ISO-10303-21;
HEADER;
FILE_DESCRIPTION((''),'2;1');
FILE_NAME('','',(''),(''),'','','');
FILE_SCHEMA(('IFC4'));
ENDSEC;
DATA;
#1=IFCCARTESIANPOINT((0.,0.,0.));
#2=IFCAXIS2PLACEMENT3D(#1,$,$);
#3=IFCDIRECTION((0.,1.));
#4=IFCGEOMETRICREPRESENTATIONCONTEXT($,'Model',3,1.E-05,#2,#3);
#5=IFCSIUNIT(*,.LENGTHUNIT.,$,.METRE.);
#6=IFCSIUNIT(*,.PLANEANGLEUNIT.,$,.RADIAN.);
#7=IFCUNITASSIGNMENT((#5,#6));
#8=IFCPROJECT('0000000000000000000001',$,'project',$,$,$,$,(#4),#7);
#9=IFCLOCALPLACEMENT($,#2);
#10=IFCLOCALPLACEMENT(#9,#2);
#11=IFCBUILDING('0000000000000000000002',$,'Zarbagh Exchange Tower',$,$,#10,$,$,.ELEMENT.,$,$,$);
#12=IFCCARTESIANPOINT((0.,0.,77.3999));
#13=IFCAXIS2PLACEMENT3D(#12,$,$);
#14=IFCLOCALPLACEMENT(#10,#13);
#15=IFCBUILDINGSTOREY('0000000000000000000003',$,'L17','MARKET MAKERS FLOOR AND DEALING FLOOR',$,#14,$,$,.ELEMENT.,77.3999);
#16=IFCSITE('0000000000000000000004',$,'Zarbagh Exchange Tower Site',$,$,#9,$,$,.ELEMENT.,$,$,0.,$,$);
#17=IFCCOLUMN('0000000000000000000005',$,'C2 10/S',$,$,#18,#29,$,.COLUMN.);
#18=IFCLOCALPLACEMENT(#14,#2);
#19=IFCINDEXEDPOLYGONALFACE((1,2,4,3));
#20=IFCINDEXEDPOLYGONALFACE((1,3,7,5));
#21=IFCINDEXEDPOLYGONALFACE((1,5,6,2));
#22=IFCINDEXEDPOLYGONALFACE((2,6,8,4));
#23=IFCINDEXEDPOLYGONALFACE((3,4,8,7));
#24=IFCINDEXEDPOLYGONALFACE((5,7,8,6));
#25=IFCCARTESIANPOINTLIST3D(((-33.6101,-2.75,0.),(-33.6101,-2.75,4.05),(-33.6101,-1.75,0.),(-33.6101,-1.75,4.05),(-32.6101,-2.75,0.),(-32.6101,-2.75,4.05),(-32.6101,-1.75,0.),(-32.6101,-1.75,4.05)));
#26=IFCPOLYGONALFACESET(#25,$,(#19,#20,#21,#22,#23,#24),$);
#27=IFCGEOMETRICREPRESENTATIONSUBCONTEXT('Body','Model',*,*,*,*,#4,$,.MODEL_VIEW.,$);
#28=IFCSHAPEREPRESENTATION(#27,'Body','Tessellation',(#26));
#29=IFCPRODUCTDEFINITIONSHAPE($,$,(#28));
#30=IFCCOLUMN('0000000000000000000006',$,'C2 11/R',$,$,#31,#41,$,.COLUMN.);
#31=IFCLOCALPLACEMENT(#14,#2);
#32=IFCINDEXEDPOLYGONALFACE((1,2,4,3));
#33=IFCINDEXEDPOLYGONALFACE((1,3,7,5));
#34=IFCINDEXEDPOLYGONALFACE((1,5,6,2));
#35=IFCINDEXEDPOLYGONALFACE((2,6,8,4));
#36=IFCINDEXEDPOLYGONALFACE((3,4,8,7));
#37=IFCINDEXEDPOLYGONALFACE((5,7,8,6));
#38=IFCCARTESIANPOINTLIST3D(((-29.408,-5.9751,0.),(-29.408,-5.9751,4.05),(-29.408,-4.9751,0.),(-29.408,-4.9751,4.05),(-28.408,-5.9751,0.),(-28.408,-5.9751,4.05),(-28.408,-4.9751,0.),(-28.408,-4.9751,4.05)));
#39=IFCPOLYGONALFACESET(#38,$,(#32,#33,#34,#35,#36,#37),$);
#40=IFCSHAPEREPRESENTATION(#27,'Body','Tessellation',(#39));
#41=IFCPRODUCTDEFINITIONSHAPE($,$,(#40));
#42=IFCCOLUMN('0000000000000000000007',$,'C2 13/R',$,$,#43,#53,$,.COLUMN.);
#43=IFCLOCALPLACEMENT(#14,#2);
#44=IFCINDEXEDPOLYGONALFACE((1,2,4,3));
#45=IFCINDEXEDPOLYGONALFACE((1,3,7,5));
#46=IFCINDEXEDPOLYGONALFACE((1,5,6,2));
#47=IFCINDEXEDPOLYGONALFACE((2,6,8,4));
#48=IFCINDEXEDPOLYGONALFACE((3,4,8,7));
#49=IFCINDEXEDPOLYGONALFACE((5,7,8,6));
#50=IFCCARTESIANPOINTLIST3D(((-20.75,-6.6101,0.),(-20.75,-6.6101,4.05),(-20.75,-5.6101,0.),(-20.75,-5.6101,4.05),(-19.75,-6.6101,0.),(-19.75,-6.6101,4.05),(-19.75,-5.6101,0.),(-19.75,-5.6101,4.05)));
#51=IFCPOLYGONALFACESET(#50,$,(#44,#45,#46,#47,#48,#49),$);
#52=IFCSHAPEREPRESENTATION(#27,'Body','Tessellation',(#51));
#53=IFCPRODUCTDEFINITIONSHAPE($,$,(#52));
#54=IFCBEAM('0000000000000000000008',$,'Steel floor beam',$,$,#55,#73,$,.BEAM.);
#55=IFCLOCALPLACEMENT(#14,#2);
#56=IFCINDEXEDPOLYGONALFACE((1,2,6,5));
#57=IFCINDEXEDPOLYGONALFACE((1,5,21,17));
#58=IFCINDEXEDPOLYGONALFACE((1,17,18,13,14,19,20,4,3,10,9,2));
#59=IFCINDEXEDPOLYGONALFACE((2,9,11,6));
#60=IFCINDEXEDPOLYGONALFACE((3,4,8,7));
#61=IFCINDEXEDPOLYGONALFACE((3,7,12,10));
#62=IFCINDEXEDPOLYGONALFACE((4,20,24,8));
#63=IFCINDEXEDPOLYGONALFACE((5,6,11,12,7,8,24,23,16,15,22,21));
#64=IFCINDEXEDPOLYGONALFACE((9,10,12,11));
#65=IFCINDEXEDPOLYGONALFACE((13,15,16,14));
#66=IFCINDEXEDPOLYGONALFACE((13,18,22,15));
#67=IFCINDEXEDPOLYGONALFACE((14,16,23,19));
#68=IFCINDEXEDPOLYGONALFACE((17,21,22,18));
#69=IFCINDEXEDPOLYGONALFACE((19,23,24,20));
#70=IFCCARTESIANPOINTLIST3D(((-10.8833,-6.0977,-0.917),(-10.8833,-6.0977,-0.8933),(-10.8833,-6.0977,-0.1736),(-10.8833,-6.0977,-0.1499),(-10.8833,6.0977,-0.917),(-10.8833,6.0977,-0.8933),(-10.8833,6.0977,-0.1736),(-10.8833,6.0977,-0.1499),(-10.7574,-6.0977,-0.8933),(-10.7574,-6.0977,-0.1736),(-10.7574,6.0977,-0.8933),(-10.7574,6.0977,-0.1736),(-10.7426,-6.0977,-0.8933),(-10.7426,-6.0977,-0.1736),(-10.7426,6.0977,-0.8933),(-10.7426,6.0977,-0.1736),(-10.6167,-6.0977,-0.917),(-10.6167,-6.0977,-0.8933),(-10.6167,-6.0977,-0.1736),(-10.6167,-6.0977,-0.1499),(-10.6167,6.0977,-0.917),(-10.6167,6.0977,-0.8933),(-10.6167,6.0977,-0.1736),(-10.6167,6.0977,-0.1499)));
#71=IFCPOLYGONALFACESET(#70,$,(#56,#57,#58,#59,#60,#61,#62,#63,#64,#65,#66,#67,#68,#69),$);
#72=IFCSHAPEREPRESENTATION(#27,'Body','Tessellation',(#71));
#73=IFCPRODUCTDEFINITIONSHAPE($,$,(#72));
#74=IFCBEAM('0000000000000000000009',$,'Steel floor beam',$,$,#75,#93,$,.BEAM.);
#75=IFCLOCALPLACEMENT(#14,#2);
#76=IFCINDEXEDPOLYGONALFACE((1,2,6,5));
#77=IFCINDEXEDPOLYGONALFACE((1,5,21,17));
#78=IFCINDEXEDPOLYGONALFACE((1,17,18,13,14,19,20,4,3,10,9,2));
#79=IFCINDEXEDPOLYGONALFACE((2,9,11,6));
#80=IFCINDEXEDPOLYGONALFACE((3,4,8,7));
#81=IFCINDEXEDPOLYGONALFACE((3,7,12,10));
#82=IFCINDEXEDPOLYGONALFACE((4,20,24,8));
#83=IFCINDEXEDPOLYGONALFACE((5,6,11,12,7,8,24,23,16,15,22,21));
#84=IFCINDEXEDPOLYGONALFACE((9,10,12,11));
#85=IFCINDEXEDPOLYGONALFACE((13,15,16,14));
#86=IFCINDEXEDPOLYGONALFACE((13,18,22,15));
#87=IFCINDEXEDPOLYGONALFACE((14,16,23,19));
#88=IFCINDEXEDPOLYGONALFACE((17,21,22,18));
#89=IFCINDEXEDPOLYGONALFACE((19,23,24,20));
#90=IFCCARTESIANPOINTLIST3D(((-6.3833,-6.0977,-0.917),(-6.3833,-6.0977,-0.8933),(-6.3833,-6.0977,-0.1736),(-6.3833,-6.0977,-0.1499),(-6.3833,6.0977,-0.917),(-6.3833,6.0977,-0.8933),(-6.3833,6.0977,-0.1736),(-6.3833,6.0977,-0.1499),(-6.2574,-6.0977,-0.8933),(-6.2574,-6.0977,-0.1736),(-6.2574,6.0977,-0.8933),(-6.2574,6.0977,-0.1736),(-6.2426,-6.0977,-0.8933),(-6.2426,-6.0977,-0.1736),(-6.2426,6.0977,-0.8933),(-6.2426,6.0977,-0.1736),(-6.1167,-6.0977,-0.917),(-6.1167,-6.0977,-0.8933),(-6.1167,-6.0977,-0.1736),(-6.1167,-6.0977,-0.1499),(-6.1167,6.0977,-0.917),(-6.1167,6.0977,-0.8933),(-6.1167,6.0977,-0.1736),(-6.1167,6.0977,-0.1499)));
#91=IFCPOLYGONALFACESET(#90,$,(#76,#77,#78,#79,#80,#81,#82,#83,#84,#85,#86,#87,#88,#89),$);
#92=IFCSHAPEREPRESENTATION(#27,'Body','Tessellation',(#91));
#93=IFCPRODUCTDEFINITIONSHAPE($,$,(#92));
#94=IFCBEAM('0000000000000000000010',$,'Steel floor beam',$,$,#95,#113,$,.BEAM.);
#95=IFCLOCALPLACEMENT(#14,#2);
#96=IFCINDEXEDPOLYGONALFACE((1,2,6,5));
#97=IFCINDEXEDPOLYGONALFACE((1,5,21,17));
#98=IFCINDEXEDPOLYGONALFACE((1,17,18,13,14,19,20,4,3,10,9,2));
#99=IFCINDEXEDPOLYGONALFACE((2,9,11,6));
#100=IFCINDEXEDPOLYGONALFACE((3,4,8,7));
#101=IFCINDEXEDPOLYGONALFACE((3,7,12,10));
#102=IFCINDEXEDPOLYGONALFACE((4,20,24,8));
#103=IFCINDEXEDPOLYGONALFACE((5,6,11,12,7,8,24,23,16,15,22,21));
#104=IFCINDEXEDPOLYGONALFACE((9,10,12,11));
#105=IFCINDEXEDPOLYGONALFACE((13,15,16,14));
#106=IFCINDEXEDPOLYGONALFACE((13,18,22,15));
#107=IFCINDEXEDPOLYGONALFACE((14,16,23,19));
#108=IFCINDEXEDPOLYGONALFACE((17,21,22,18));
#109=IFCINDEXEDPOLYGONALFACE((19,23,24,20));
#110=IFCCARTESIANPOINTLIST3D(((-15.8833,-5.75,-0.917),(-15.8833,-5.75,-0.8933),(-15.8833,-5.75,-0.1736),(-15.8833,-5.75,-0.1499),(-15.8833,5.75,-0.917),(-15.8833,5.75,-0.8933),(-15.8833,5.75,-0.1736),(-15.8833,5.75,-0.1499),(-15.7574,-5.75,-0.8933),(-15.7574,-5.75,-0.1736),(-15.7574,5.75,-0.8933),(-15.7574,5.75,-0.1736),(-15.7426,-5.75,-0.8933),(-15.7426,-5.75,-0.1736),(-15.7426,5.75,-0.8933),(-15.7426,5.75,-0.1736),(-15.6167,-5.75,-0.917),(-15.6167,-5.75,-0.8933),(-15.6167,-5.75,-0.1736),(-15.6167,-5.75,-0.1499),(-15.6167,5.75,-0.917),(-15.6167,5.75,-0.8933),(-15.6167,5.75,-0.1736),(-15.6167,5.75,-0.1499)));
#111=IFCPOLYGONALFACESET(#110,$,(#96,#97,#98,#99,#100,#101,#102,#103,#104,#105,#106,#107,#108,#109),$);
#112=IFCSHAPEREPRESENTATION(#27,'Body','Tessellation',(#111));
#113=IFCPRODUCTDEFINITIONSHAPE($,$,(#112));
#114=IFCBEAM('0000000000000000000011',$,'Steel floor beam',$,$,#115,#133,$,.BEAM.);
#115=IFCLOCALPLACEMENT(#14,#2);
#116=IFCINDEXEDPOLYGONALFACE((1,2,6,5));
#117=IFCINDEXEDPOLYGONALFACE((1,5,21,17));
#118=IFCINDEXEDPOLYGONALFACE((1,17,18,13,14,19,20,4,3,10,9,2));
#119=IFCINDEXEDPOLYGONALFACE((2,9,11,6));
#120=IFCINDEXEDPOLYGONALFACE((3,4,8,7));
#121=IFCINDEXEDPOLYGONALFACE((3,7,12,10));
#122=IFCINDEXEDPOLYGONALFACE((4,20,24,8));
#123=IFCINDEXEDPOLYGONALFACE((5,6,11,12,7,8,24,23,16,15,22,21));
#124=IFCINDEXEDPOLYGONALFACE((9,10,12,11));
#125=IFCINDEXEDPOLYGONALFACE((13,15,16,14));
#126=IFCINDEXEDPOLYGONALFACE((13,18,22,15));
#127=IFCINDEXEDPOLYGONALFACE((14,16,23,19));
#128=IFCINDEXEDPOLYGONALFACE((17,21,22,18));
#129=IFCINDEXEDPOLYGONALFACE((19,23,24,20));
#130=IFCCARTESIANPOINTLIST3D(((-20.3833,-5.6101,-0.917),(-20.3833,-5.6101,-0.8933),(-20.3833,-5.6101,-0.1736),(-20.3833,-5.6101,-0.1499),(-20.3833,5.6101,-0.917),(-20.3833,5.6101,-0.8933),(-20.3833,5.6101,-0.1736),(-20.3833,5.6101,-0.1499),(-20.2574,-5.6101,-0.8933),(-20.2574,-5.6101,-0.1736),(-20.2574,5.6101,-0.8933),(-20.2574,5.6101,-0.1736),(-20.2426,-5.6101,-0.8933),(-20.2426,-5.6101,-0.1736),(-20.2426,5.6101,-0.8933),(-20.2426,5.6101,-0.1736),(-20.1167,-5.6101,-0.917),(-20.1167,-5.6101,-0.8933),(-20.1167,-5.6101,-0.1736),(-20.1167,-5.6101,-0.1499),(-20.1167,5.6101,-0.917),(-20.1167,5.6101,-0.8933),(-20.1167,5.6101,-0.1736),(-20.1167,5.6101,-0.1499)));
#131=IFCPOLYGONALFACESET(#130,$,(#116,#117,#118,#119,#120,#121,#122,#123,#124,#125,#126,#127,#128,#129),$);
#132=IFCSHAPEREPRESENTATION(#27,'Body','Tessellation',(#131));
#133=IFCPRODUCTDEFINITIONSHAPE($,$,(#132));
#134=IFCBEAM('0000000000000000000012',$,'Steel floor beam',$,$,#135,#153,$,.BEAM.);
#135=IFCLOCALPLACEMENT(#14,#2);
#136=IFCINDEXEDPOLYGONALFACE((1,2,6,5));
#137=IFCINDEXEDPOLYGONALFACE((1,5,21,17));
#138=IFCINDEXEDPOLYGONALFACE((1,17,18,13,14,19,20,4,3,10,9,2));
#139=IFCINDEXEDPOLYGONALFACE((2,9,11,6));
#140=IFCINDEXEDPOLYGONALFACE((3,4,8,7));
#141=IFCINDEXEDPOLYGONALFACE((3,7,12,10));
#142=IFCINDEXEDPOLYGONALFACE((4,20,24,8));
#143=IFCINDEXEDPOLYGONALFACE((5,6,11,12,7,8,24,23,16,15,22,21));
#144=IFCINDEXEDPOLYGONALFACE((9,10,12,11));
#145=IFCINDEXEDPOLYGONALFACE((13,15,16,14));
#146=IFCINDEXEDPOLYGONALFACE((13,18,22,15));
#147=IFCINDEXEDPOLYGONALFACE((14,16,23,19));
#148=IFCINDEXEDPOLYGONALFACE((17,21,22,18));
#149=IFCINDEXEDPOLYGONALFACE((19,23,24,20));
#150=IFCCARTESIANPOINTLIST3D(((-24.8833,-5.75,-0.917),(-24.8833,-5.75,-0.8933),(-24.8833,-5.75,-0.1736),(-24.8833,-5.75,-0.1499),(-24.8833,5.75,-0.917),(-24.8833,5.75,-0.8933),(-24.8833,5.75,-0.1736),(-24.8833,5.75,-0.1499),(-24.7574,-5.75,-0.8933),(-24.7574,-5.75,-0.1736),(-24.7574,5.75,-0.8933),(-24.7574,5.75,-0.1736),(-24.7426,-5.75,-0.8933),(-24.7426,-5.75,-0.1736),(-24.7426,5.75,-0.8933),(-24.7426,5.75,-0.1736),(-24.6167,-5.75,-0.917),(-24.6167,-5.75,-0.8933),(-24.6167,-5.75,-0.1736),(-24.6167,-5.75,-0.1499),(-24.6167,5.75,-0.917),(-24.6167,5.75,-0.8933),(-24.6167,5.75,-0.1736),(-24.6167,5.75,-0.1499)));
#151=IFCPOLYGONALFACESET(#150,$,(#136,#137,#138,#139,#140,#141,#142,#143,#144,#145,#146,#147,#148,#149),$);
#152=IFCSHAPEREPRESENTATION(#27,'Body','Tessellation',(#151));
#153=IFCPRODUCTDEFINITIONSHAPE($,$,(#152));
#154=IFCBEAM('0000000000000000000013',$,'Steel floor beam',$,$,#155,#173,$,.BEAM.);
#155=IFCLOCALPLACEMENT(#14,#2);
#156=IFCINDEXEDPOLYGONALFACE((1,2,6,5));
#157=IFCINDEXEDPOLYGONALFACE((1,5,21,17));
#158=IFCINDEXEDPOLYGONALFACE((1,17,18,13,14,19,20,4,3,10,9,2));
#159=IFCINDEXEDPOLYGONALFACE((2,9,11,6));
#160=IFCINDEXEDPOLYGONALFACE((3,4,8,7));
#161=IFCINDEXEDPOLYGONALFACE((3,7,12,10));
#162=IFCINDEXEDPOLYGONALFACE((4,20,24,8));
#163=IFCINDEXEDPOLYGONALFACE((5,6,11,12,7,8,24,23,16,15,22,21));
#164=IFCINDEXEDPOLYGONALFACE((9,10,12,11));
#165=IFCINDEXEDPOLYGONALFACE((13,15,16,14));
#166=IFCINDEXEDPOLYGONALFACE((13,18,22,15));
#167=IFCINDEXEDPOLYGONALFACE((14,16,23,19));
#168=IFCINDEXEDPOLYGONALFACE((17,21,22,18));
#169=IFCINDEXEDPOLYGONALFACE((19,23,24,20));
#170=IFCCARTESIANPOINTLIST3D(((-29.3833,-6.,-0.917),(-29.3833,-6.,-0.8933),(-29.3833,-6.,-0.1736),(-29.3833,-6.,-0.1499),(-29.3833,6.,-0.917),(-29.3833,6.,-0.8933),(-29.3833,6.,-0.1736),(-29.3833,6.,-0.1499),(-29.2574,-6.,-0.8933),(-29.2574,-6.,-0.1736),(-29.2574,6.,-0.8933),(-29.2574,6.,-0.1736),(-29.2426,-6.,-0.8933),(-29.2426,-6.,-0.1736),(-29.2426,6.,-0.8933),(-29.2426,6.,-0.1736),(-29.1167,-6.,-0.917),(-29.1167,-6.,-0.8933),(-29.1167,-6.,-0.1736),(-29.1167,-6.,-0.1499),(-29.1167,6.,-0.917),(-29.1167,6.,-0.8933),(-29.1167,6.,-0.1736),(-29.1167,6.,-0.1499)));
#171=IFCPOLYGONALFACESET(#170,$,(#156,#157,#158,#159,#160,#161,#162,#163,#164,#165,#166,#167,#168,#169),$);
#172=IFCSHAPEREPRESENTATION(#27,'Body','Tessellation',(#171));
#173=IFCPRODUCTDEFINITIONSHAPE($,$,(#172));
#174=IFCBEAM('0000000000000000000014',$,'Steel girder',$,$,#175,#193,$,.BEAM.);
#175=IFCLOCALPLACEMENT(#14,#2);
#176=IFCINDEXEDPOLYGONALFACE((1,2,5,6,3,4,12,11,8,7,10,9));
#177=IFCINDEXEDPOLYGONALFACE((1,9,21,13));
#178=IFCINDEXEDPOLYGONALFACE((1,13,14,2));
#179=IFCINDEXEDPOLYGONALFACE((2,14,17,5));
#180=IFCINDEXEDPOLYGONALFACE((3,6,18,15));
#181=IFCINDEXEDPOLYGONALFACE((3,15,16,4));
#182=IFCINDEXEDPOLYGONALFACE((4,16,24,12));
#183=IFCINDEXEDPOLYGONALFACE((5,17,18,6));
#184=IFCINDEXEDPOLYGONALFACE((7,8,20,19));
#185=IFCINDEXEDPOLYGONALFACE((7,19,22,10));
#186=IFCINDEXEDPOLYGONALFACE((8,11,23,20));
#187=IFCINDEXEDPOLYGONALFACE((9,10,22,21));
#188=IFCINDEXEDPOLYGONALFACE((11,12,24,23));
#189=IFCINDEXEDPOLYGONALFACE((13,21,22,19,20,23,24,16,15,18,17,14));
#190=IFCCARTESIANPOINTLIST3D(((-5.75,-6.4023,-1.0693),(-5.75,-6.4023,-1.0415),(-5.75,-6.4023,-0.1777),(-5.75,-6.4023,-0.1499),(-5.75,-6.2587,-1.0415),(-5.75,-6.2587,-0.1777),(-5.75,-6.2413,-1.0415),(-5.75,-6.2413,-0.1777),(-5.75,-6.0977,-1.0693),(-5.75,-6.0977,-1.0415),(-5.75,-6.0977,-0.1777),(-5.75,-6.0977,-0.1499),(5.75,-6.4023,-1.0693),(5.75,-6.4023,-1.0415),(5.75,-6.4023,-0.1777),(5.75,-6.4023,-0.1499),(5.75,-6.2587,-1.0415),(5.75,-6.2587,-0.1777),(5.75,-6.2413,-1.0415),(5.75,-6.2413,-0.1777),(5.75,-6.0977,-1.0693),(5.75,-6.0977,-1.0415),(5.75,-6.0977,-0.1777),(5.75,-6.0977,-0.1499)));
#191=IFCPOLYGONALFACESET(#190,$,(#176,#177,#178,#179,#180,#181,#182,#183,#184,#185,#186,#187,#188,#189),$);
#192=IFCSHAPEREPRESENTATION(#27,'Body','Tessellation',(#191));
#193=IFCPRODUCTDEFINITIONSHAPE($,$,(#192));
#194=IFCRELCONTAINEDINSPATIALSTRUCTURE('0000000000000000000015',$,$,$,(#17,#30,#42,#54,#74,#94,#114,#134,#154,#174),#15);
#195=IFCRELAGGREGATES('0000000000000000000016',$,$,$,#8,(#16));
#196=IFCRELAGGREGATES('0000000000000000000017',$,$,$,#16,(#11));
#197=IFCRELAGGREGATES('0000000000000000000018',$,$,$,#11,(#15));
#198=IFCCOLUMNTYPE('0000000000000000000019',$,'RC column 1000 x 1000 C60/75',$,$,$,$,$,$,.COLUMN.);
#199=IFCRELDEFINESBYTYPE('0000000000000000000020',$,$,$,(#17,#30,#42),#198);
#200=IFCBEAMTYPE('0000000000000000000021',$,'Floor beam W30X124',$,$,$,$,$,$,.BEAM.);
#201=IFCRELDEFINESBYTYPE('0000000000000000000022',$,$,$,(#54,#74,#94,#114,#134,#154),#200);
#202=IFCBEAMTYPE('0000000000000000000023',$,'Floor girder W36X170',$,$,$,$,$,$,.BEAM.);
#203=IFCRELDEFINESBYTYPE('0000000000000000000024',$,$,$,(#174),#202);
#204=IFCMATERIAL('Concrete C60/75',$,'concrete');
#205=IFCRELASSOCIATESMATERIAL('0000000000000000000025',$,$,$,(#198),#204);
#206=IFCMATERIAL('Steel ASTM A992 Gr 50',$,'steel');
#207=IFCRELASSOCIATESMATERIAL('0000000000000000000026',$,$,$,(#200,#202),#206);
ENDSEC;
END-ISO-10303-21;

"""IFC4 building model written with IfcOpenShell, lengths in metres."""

from ifc_helpers import new_model, si_unit, direction, frame, origin, origin_2d, place, context, subcontext, project, spatial, rectangle, i_section, extrude, material, material_profile, profile_set, type_object, element, save


model = new_model("IFC4")

# Units and contexts
model_context = context("Model", 3, precision=1e-05, world=origin(), true_north=direction((0.0, 1.0)))
body_context = subcontext(model_context, "Body", "Model", "MODEL_VIEW")
ifc_project = project(units=[si_unit("LENGTHUNIT", "METRE"), si_unit("PLANEANGLEUNIT", "RADIAN")], contexts=[model_context])

# Site, building, storey
site_placement = place(None, origin())
site = spatial("IfcSite", under=ifc_project, at=site_placement, Name="Zarbagh Exchange Tower Site", CompositionType="ELEMENT", RefElevation=0.0)
building_placement = place(site_placement, origin())
building = spatial("IfcBuilding", under=site, at=building_placement, Name="Zarbagh Exchange Tower", CompositionType="ELEMENT")
storey_placement = place(building_placement, frame((0.0, 0.0, 77.3999)))
storey = spatial("IfcBuildingStorey", under=building, at=storey_placement, Name="L17", Description="MARKET MAKERS FLOOR AND DEALING FLOOR", CompositionType="ELEMENT", Elevation=77.3999)

# Columns
ifc_material_1 = material(Name="Concrete C60/75", Category="concrete")
ifc_material_profile_1 = material_profile(ifc_material_1, rectangle(XDim=1.0, YDim=1.0, at=origin_2d()), Name="RC column 1000 x 1000 C60/75")
ifc_profile_set_1 = profile_set([ifc_material_profile_1], Name="Concrete C60/75")
column_type = type_object("IfcColumnType", Name="RC column 1000 x 1000 C60/75", PredefinedType="COLUMN", material=ifc_profile_set_1)
for number, where, z_axis, x_axis, name in (
    (1, (-33.1101, -2.25, 0.0), (0.0, 0.0, 1.0), (1.0, 0.0, 0.0), "C2 10/S"),
    (2, (-28.908, -5.4751, 0.0), (0.0, 0.0, 1.0), (1.0, 0.0, 0.0), "C2 11/R"),
    (3, (-20.25, -6.1101, 0.0), (0.0, 0.0, 1.0), (1.0, 0.0, 0.0), "C2 13/R"),
):
    element("IfcColumn", number, at=place(storey_placement, frame(where, z_axis=z_axis, x_axis=x_axis)), inside=storey, type_object=column_type, Name=name, PredefinedType="COLUMN", context=body_context, shape_type="SweptSolid", body=[
        extrude(rectangle(XDim=1.0, YDim=1.0, at=origin_2d()), origin(), (0.0, 0.0, 1.0), 4.05),
    ])

# Beams
ifc_material_2 = material(Name="Steel ASTM A992 Gr 50", Category="steel")
ifc_material_profile_2 = material_profile(ifc_material_2, i_section(OverallWidth=0.2666, OverallDepth=0.7671, WebThickness=0.0149, FlangeThickness=0.0237, at=origin_2d()), Name="W30X124")
ifc_profile_set_2 = profile_set([ifc_material_profile_2], Name="Steel ASTM A992 Gr 50")
beam_type_1 = type_object("IfcBeamType", Name="Floor beam W30X124", PredefinedType="BEAM", material=ifc_profile_set_2)
for number, where, z_axis, x_axis, name in (
    (4, (-10.75, -6.0977, -0.5334), (0.0, 1.0, 0.0), (-1.0, 0.0, 0.0), "Steel floor beam"),
    (5, (-6.25, -6.0977, -0.5334), (0.0, 1.0, 0.0), (-1.0, 0.0, 0.0), "Steel floor beam"),
):
    element("IfcBeam", number, at=place(storey_placement, frame(where, z_axis=z_axis, x_axis=x_axis)), inside=storey, type_object=beam_type_1, Name=name, PredefinedType="BEAM", context=body_context, shape_type="SweptSolid", body=[
        extrude(i_section(OverallWidth=0.2666, OverallDepth=0.7671, WebThickness=0.0149, FlangeThickness=0.0237, at=origin_2d()), origin(), (0.0, 0.0, 1.0), 12.1953),
    ])
beam_1_placement = place(storey_placement, frame((-15.75, -5.75, -0.5334), z_axis=(0.0, 1.0, 0.0), x_axis=(-1.0, 0.0, 0.0)))
element("IfcBeam", 6, at=beam_1_placement, inside=storey, type_object=beam_type_1, Name="Steel floor beam", PredefinedType="BEAM", context=body_context, shape_type="SweptSolid", body=[
    extrude(i_section(OverallWidth=0.2666, OverallDepth=0.7671, WebThickness=0.0149, FlangeThickness=0.0237, at=origin_2d()), origin(), (0.0, 0.0, 1.0), 11.5),
])
beam_2_placement = place(storey_placement, frame((-20.25, -5.6101, -0.5334), z_axis=(0.0, 1.0, 0.0), x_axis=(-1.0, 0.0, 0.0)))
element("IfcBeam", 7, at=beam_2_placement, inside=storey, type_object=beam_type_1, Name="Steel floor beam", PredefinedType="BEAM", context=body_context, shape_type="SweptSolid", body=[
    extrude(i_section(OverallWidth=0.2666, OverallDepth=0.7671, WebThickness=0.0149, FlangeThickness=0.0237, at=origin_2d()), origin(), (0.0, 0.0, 1.0), 11.2202),
])
beam_3_placement = place(storey_placement, frame((-24.75, -5.75, -0.5334), z_axis=(0.0, 1.0, 0.0), x_axis=(-1.0, 0.0, 0.0)))
element("IfcBeam", 8, at=beam_3_placement, inside=storey, type_object=beam_type_1, Name="Steel floor beam", PredefinedType="BEAM", context=body_context, shape_type="SweptSolid", body=[
    extrude(i_section(OverallWidth=0.2666, OverallDepth=0.7671, WebThickness=0.0149, FlangeThickness=0.0237, at=origin_2d()), origin(), (0.0, 0.0, 1.0), 11.5),
])
beam_4_placement = place(storey_placement, frame((-29.25, -6.0, -0.5334), z_axis=(0.0, 1.0, 0.0), x_axis=(-1.0, 0.0, 0.0)))
element("IfcBeam", 9, at=beam_4_placement, inside=storey, type_object=beam_type_1, Name="Steel floor beam", PredefinedType="BEAM", context=body_context, shape_type="SweptSolid", body=[
    extrude(i_section(OverallWidth=0.2666, OverallDepth=0.7671, WebThickness=0.0149, FlangeThickness=0.0237, at=origin_2d()), origin(), (0.0, 0.0, 1.0), 12.0),
])
ifc_material_profile_3 = material_profile(ifc_material_2, i_section(OverallWidth=0.3047, OverallDepth=0.9194, WebThickness=0.0173, FlangeThickness=0.0278, at=origin_2d()), Name="W36X170")
ifc_profile_set_3 = profile_set([ifc_material_profile_3], Name="Steel ASTM A992 Gr 50")
beam_type_2 = type_object("IfcBeamType", Name="Floor girder W36X170", PredefinedType="BEAM", material=ifc_profile_set_3)
beam_5_placement = place(storey_placement, frame((-5.75, -6.25, -0.6096), z_axis=(1.0, 0.0, 0.0), x_axis=(0.0, 1.0, 0.0)))
element("IfcBeam", 10, at=beam_5_placement, inside=storey, type_object=beam_type_2, Name="Steel girder", PredefinedType="BEAM", context=body_context, shape_type="SweptSolid", body=[
    extrude(i_section(OverallWidth=0.3047, OverallDepth=0.9194, WebThickness=0.0173, FlangeThickness=0.0278, at=origin_2d()), origin(), (0.0, 0.0, 1.0), 11.5),
])

save(model, "model.ifc")
